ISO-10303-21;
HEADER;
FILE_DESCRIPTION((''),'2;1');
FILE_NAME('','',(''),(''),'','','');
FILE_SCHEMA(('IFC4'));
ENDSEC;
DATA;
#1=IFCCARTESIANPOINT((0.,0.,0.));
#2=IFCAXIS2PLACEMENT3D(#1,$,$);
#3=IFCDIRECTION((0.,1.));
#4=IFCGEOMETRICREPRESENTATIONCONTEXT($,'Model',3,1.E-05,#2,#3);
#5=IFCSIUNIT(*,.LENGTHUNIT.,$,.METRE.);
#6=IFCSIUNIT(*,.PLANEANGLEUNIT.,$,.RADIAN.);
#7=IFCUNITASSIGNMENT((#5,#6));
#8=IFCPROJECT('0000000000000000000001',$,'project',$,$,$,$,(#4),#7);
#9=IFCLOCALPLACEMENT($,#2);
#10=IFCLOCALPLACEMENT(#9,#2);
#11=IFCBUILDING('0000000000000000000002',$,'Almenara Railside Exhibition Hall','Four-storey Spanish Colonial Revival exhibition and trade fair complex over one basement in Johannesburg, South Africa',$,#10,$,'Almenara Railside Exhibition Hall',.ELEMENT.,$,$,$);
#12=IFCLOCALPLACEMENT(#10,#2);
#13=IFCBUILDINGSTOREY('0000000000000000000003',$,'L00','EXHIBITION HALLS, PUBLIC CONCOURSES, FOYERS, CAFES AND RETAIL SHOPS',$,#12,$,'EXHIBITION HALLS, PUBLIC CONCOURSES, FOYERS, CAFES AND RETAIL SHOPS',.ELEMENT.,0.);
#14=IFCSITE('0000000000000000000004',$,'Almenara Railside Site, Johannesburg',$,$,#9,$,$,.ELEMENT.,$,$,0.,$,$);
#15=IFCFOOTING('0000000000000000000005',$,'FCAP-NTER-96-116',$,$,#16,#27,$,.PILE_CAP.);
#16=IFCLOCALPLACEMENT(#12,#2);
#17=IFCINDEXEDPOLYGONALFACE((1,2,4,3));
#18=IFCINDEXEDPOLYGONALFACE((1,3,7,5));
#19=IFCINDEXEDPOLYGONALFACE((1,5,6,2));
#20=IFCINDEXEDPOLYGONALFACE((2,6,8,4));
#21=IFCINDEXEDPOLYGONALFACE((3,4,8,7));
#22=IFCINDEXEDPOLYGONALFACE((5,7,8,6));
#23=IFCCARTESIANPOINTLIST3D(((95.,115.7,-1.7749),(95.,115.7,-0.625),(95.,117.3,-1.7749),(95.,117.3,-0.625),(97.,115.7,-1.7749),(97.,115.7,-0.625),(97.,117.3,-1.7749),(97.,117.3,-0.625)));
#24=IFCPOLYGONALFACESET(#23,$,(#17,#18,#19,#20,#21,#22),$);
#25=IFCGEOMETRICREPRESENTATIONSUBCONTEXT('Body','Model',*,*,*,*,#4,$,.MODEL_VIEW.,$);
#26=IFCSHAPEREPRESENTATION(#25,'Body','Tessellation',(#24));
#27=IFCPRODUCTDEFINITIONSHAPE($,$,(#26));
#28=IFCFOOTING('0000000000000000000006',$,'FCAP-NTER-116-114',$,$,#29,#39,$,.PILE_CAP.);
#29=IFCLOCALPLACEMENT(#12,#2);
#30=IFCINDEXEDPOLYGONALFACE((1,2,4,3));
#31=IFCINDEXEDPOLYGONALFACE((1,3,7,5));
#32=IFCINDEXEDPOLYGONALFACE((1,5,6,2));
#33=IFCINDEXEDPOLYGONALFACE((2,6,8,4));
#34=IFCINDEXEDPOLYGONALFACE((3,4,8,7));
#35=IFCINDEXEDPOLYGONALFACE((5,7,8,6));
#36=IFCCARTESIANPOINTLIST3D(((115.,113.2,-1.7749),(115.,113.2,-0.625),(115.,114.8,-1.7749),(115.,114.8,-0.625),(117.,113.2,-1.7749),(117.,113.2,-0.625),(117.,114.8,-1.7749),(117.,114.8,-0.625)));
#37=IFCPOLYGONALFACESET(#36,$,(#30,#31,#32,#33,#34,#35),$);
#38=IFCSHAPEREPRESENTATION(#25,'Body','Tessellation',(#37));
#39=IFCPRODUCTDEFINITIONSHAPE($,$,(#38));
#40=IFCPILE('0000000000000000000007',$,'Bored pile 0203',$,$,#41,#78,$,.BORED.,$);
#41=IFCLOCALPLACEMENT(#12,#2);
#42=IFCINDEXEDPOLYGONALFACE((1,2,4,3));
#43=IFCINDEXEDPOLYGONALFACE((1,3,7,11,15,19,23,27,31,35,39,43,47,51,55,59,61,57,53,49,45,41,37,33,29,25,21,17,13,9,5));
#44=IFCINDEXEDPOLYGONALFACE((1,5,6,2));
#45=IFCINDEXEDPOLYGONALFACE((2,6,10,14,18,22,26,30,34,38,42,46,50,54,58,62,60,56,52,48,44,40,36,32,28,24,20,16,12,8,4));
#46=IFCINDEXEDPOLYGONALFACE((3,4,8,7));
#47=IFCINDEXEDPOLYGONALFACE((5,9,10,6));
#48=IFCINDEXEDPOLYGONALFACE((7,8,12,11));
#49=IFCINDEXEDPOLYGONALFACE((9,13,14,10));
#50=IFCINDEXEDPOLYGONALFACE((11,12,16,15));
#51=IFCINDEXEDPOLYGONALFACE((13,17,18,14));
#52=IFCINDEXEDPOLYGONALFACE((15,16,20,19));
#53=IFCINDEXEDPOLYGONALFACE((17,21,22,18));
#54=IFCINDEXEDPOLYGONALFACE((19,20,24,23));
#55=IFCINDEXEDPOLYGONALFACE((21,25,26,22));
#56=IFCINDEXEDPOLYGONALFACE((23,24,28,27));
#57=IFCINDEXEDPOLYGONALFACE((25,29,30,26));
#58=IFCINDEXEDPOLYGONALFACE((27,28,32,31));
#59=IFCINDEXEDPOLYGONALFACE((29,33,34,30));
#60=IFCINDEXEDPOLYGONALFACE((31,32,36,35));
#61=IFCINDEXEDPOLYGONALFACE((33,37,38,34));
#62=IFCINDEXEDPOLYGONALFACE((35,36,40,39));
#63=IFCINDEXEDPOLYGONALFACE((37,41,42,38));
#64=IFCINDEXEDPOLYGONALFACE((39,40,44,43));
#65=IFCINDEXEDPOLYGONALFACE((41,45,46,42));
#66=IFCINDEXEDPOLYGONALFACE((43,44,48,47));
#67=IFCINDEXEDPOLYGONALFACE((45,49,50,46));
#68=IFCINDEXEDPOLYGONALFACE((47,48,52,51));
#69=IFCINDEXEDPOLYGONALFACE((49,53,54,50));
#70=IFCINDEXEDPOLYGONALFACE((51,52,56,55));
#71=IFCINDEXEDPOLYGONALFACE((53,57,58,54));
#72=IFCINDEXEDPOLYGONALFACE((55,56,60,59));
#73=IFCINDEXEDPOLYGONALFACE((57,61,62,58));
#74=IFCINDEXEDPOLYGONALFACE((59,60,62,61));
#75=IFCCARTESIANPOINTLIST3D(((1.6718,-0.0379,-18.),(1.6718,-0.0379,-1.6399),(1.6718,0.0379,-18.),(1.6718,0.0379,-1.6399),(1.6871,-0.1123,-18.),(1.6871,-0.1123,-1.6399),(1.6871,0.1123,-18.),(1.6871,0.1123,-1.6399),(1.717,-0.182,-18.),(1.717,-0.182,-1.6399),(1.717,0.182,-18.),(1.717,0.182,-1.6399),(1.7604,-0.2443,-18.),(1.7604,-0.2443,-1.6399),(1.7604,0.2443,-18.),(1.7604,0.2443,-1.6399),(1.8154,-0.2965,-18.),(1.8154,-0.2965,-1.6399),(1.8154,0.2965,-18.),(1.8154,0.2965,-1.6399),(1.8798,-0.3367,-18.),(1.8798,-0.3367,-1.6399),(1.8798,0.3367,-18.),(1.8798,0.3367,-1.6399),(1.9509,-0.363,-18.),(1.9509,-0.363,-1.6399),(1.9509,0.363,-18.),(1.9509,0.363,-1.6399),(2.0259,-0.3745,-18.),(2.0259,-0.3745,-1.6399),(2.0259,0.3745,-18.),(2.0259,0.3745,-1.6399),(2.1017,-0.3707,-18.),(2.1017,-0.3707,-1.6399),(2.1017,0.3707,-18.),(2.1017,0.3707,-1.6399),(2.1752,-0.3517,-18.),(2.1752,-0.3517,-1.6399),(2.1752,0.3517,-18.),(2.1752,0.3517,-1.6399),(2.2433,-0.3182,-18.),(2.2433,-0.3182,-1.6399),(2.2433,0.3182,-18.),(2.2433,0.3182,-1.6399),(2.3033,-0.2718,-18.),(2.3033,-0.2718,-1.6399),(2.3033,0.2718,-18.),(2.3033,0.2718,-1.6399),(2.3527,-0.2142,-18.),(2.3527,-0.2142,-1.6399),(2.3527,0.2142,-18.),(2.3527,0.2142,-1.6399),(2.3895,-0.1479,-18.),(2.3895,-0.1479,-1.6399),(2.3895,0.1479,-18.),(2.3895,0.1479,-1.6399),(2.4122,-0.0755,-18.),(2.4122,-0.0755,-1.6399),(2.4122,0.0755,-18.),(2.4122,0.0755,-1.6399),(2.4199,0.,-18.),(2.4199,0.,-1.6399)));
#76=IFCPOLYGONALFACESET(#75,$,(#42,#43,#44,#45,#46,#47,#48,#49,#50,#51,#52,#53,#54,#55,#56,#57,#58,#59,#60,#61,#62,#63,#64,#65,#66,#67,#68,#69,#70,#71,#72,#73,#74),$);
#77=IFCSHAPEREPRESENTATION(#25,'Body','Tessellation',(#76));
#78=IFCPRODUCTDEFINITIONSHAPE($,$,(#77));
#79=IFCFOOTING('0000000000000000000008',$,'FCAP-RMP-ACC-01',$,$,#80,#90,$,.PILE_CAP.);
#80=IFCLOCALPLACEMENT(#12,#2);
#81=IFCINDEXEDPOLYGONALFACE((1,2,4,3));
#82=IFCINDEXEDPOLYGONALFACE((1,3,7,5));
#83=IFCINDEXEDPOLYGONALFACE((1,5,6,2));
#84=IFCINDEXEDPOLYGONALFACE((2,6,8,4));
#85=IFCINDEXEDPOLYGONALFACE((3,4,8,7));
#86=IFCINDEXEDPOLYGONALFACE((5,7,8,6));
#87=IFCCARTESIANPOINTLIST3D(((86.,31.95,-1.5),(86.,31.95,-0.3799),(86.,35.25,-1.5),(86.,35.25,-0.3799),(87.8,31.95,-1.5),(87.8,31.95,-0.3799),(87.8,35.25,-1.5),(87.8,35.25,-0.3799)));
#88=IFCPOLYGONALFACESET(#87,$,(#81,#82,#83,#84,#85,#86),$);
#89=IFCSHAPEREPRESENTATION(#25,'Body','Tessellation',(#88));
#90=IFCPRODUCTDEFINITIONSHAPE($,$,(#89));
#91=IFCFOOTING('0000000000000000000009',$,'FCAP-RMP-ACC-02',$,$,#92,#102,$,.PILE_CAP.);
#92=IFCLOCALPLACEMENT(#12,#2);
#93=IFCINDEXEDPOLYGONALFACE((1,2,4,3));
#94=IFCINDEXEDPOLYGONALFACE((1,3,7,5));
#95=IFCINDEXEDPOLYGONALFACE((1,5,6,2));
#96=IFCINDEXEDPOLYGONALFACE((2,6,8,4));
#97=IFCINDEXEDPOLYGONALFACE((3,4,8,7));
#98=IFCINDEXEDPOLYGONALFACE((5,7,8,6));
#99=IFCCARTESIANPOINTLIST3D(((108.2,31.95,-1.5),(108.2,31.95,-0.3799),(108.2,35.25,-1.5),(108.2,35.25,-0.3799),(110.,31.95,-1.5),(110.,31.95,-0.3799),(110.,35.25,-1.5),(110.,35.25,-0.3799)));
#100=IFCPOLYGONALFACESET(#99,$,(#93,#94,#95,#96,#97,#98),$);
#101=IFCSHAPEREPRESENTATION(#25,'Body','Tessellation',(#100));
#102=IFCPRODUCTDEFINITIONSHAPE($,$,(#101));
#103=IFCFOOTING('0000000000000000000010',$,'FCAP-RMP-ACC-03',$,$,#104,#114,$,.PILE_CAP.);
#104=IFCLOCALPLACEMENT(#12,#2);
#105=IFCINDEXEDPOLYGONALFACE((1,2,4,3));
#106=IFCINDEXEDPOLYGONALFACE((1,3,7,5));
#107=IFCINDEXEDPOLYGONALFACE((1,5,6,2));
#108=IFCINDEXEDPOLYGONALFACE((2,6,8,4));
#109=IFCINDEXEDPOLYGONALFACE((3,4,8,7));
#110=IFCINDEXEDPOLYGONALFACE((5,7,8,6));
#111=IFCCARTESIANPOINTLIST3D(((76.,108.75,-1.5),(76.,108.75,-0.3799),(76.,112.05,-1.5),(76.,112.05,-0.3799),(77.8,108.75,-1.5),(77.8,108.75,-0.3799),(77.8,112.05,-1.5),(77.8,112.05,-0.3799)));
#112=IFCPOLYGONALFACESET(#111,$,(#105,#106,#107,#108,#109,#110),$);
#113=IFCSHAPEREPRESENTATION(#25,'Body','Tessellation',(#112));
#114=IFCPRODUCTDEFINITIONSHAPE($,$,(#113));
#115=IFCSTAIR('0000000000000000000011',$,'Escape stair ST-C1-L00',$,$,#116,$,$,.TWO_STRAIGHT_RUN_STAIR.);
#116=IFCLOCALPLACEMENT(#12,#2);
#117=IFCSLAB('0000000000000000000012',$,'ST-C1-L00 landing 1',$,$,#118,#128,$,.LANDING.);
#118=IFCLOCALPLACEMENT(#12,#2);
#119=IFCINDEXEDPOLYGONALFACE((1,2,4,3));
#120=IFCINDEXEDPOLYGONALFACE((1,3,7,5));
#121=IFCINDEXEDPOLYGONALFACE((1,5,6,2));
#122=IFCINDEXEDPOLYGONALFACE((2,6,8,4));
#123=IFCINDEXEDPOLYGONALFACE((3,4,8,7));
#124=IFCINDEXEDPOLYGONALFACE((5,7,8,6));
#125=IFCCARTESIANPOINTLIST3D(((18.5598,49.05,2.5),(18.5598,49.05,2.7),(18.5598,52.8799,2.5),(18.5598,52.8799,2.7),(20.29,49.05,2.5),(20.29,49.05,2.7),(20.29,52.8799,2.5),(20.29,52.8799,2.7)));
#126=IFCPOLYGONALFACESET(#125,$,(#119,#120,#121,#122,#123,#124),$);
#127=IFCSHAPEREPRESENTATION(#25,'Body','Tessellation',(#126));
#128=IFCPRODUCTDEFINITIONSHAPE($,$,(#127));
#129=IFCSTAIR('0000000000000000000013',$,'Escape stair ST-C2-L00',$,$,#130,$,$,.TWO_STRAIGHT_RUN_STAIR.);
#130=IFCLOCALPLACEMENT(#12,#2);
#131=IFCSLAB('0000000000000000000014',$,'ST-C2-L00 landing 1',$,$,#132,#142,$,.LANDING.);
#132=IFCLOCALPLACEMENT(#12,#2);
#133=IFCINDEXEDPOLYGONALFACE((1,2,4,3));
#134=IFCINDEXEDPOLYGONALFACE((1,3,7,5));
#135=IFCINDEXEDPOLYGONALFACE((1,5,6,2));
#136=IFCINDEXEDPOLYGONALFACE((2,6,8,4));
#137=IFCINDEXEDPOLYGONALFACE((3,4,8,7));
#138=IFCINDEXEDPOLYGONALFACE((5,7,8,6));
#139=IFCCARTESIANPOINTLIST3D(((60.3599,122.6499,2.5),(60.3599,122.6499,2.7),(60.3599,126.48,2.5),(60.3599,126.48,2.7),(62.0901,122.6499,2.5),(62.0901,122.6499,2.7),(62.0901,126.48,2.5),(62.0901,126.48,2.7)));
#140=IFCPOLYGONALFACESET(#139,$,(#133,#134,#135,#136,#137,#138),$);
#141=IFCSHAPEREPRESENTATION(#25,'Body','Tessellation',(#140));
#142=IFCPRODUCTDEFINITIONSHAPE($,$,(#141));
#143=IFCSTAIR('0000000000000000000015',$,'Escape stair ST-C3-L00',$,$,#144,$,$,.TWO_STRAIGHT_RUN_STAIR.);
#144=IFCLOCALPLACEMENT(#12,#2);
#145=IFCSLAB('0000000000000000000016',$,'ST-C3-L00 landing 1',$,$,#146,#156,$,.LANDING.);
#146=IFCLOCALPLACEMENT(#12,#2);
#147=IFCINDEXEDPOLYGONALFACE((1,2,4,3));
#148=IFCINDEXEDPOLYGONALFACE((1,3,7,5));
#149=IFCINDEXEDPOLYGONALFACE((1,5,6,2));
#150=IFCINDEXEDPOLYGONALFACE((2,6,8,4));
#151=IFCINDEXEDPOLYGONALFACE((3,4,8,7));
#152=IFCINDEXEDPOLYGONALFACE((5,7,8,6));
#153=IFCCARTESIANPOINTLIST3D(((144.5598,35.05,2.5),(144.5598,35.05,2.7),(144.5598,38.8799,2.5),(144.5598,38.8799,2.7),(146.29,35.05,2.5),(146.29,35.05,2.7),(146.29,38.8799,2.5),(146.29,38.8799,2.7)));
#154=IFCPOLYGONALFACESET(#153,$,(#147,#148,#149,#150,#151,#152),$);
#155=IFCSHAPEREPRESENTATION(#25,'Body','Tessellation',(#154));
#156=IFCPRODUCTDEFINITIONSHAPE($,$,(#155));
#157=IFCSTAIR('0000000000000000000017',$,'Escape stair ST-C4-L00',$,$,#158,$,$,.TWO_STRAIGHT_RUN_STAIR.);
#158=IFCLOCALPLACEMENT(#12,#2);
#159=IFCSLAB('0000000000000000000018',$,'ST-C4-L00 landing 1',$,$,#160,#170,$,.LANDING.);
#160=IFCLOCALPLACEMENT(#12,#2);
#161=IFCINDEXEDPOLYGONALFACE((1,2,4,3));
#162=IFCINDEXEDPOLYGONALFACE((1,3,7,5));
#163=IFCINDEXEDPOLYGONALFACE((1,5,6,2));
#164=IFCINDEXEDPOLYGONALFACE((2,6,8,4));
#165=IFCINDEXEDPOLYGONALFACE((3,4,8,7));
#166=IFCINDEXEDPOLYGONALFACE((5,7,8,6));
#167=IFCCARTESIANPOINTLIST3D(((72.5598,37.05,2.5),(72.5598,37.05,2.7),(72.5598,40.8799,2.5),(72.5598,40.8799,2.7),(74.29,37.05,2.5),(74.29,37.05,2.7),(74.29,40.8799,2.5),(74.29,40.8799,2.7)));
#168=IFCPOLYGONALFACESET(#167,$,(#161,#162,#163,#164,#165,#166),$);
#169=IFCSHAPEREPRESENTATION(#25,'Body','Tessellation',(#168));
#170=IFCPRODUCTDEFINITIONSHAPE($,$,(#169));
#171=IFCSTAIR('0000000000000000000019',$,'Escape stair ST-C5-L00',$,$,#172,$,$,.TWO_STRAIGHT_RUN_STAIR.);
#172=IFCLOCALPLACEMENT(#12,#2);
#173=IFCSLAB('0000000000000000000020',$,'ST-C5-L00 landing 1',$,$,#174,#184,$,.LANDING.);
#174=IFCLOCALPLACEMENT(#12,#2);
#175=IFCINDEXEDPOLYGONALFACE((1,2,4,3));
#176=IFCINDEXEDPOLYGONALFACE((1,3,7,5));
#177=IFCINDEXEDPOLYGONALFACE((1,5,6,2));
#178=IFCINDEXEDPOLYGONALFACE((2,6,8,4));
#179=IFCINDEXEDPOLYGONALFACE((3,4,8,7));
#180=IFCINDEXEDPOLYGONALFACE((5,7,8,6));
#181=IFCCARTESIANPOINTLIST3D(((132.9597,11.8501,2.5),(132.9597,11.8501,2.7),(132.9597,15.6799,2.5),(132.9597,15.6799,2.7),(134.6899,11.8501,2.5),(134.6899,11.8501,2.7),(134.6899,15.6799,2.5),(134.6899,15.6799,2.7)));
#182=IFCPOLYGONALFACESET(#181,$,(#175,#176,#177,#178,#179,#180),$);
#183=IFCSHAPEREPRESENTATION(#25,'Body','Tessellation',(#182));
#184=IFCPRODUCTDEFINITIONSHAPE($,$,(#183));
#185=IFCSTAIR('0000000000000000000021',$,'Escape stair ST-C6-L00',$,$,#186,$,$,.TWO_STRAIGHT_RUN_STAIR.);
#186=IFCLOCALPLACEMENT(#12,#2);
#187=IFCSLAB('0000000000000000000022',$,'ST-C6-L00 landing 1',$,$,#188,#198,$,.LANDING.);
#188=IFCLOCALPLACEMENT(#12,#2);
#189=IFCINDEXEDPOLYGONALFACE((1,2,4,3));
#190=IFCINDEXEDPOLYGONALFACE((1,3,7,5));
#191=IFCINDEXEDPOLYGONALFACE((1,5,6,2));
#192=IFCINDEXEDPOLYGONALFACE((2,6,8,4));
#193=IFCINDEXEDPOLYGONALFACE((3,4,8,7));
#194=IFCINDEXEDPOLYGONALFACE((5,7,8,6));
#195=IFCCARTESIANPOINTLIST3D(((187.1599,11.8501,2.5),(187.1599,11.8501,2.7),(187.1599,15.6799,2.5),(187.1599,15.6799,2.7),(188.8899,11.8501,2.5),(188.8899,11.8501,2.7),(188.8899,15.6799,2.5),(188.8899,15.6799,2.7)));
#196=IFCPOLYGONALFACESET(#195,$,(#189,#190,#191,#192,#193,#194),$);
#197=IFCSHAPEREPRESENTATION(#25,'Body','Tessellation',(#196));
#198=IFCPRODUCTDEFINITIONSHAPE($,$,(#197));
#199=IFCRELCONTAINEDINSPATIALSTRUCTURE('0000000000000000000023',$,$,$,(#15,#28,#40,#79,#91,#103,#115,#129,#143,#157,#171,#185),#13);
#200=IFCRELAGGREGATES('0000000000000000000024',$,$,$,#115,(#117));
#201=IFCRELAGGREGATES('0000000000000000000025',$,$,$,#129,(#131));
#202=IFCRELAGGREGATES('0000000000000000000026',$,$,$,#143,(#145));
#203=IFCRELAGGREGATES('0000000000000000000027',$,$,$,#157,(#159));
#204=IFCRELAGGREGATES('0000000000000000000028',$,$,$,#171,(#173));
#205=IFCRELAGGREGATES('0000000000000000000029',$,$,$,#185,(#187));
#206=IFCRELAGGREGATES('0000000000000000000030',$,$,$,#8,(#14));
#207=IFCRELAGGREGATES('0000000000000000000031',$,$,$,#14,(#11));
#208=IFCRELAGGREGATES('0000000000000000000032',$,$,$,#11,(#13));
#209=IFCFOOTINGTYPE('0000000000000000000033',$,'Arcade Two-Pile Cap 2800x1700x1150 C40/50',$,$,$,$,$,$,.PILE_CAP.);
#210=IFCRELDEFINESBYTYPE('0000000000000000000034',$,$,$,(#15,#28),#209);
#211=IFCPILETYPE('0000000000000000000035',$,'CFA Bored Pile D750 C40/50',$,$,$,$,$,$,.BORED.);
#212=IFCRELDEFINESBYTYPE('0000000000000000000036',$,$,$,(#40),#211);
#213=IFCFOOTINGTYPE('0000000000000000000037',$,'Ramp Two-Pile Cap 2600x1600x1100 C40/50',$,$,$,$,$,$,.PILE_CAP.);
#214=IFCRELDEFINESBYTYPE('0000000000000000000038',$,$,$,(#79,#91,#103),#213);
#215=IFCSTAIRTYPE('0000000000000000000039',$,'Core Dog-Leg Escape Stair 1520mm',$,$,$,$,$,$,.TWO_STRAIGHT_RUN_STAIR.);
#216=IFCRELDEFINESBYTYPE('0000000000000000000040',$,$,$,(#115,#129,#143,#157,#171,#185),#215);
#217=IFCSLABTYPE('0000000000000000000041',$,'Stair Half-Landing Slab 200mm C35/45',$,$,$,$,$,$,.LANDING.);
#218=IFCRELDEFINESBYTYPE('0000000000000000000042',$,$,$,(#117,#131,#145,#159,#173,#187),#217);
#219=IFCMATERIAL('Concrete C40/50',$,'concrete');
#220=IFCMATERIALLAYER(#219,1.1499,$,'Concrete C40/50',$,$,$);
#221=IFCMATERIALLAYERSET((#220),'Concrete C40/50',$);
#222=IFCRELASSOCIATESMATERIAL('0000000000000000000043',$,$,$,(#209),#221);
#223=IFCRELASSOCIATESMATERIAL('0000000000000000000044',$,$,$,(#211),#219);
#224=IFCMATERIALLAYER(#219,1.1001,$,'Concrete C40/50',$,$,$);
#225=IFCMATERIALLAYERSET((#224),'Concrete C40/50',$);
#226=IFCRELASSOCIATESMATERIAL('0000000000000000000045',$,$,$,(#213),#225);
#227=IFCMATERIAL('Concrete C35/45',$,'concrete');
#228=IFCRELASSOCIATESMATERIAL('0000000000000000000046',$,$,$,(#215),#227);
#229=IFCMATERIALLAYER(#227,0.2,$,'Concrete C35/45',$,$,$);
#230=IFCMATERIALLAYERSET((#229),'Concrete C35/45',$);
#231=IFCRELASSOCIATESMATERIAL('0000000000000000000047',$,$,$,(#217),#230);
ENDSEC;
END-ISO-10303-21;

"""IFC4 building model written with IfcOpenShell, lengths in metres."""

from ifc_helpers import new_model, si_unit, direction, frame, origin, origin_2d, place, context, subcontext, project, spatial, polyline, circle, outline, extrude, material, layer, layer_set, material_profile, profile_set, type_object, element, aggregate, save


model = new_model("IFC4")

# Units and contexts
model_context = context("Model", 3, precision=1e-05, world=origin(), true_north=direction((0.0, 1.0)))
body_context = subcontext(model_context, "Body", "Model", "MODEL_VIEW")
ifc_project = project(units=[si_unit("LENGTHUNIT", "METRE"), si_unit("PLANEANGLEUNIT", "RADIAN")], contexts=[model_context])

# Site, building, storey
site_placement = place(None, origin())
site = spatial("IfcSite", under=ifc_project, at=site_placement, Name="Almenara Railside Site, Johannesburg", CompositionType="ELEMENT", RefElevation=0.0)
building_placement = place(site_placement, origin())
building = spatial("IfcBuilding", under=site, at=building_placement, Name="Almenara Railside Exhibition Hall", Description="Four-storey Spanish Colonial Revival exhibition and trade fair complex over one basement in Johannesburg, South Africa", LongName="Almenara Railside Exhibition Hall", CompositionType="ELEMENT")
storey_placement = place(building_placement, origin())
storey = spatial("IfcBuildingStorey", under=building, at=storey_placement, Name="L00", Description="EXHIBITION HALLS, PUBLIC CONCOURSES, FOYERS, CAFES AND RETAIL SHOPS", LongName="EXHIBITION HALLS, PUBLIC CONCOURSES, FOYERS, CAFES AND RETAIL SHOPS", CompositionType="ELEMENT", Elevation=0.0)

# Footings
ifc_material_1 = material(Name="Concrete C40/50", Category="concrete")
ifc_layer_1 = layer(ifc_material_1, 1.1499, Name="Concrete C40/50")
ifc_layer_set_1 = layer_set([ifc_layer_1], Name="Concrete C40/50")
footing_type_1 = type_object("IfcFootingType", Name="Arcade Two-Pile Cap 2800x1700x1150 C40/50", PredefinedType="PILE_CAP", material=ifc_layer_set_1)
footing_1_placement = place(storey_placement, frame((0.0, 0.0, -1.7749)))
element("IfcFooting", 1, at=footing_1_placement, inside=storey, type_object=footing_type_1, Name="FCAP-NTER-96-116", PredefinedType="PILE_CAP", context=body_context, shape_type="SweptSolid", body=[
    extrude(outline(polyline([(95.0, 115.7), (97.0, 115.7), (97.0, 117.3), (95.0, 117.3), (95.0, 115.7)])), origin(), (0.0, 0.0, 1.0), 1.1499),
])
footing_2_placement = place(storey_placement, frame((0.0, 0.0, -1.7749)))
element("IfcFooting", 2, at=footing_2_placement, inside=storey, type_object=footing_type_1, Name="FCAP-NTER-116-114", PredefinedType="PILE_CAP", context=body_context, shape_type="SweptSolid", body=[
    extrude(outline(polyline([(115.0, 113.2), (117.0, 113.2), (117.0, 114.8), (115.0, 114.8), (115.0, 113.2)])), origin(), (0.0, 0.0, 1.0), 1.1499),
])

# Pile
ifc_material_profile = material_profile(ifc_material_1, circle(Radius=0.375, at=origin_2d()), Name="CFA-PILE D750")
ifc_profile_set = profile_set([ifc_material_profile], Name="Concrete C40/50")
pile_type = type_object("IfcPileType", Name="CFA Bored Pile D750 C40/50", PredefinedType="BORED", material=ifc_profile_set)
pile_placement = place(storey_placement, frame((2.0449, 0.0, -1.6399), z_axis=(0.0, 0.0, -1.0), x_axis=(1.0, 0.0, 0.0)))
element("IfcPile", 3, at=pile_placement, inside=storey, type_object=pile_type, Name="Bored pile 0203", PredefinedType="BORED", context=body_context, shape_type="SweptSolid", body=[
    extrude(circle(Radius=0.375, at=origin_2d()), origin(), (0.0, 0.0, 1.0), 16.3601),
])

# Footings
ifc_layer_2 = layer(ifc_material_1, 1.1001, Name="Concrete C40/50")
ifc_layer_set_2 = layer_set([ifc_layer_2], Name="Concrete C40/50")
footing_type_2 = type_object("IfcFootingType", Name="Ramp Two-Pile Cap 2600x1600x1100 C40/50", PredefinedType="PILE_CAP", material=ifc_layer_set_2)
footing_3_placement = place(storey_placement, frame((0.0, 0.0, -1.5)))
element("IfcFooting", 4, at=footing_3_placement, inside=storey, type_object=footing_type_2, Name="FCAP-RMP-ACC-01", PredefinedType="PILE_CAP", context=body_context, shape_type="SweptSolid", body=[
    extrude(outline(polyline([(86.0, 31.95), (87.8, 31.95), (87.8, 35.25), (86.0, 35.25), (86.0, 31.95)])), origin(), (0.0, 0.0, 1.0), 1.1201),
])
footing_4_placement = place(storey_placement, frame((0.0, 0.0, -1.5)))
element("IfcFooting", 5, at=footing_4_placement, inside=storey, type_object=footing_type_2, Name="FCAP-RMP-ACC-02", PredefinedType="PILE_CAP", context=body_context, shape_type="SweptSolid", body=[
    extrude(outline(polyline([(108.2, 31.95), (110.0, 31.95), (110.0, 35.25), (108.2, 35.25), (108.2, 31.95)])), origin(), (0.0, 0.0, 1.0), 1.1201),
])
footing_5_placement = place(storey_placement, frame((0.0, 0.0, -1.5)))
element("IfcFooting", 6, at=footing_5_placement, inside=storey, type_object=footing_type_2, Name="FCAP-RMP-ACC-03", PredefinedType="PILE_CAP", context=body_context, shape_type="SweptSolid", body=[
    extrude(outline(polyline([(76.0, 108.75), (77.8, 108.75), (77.8, 112.05), (76.0, 112.05), (76.0, 108.75)])), origin(), (0.0, 0.0, 1.0), 1.1201),
])

# Stairs, slabs
ifc_material_2 = material(Name="Concrete C35/45", Category="concrete")
stair_type_1 = type_object("IfcStairType", Name="Core Dog-Leg Escape Stair 1520mm", PredefinedType="TWO_STRAIGHT_RUN_STAIR", material=ifc_material_2)
stair_1_placement = place(storey_placement, origin())
stair_1 = element("IfcStair", 7, at=stair_1_placement, inside=storey, type_object=stair_type_1, Name="Escape stair ST-C1-L00", PredefinedType="TWO_STRAIGHT_RUN_STAIR")
ifc_layer_3 = layer(ifc_material_2, 0.2, Name="Concrete C35/45")
ifc_layer_set_3 = layer_set([ifc_layer_3], Name="Concrete C35/45")
slab_type = type_object("IfcSlabType", Name="Stair Half-Landing Slab 200mm C35/45", PredefinedType="LANDING", material=ifc_layer_set_3)
slab_1_placement = place(storey_placement, frame((0.0, 0.0, 2.5)))
slab_1 = element("IfcSlab", 8, at=slab_1_placement, type_object=slab_type, Name="ST-C1-L00 landing 1", PredefinedType="LANDING", context=body_context, shape_type="SweptSolid", body=[
    extrude(outline(polyline([(18.5598, 49.05), (20.29, 49.05), (20.29, 52.8799), (18.5598, 52.8799), (18.5598, 49.05)])), origin(), (0.0, 0.0, 1.0), 0.2),
])
aggregate(stair_1, [slab_1])
stair_2_placement = place(storey_placement, origin())
stair_2 = element("IfcStair", 9, at=stair_2_placement, inside=storey, type_object=stair_type_1, Name="Escape stair ST-C2-L00", PredefinedType="TWO_STRAIGHT_RUN_STAIR")
slab_2_placement = place(storey_placement, frame((0.0, 0.0, 2.5)))
slab_2 = element("IfcSlab", 10, at=slab_2_placement, type_object=slab_type, Name="ST-C2-L00 landing 1", PredefinedType="LANDING", context=body_context, shape_type="SweptSolid", body=[
    extrude(outline(polyline([(60.3599, 122.6499), (62.0901, 122.6499), (62.0901, 126.48), (60.3599, 126.48), (60.3599, 122.6499)])), origin(), (0.0, 0.0, 1.0), 0.2),
])
aggregate(stair_2, [slab_2])
stair_3_placement = place(storey_placement, origin())
stair_3 = element("IfcStair", 11, at=stair_3_placement, inside=storey, type_object=stair_type_1, Name="Escape stair ST-C3-L00", PredefinedType="TWO_STRAIGHT_RUN_STAIR")
slab_3_placement = place(storey_placement, frame((0.0, 0.0, 2.5)))
slab_3 = element("IfcSlab", 12, at=slab_3_placement, type_object=slab_type, Name="ST-C3-L00 landing 1", PredefinedType="LANDING", context=body_context, shape_type="SweptSolid", body=[
    extrude(outline(polyline([(144.5598, 35.05), (146.29, 35.05), (146.29, 38.8799), (144.5598, 38.8799), (144.5598, 35.05)])), origin(), (0.0, 0.0, 1.0), 0.2),
])
aggregate(stair_3, [slab_3])
stair_4_placement = place(storey_placement, origin())
stair_4 = element("IfcStair", 13, at=stair_4_placement, inside=storey, type_object=stair_type_1, Name="Escape stair ST-C4-L00", PredefinedType="TWO_STRAIGHT_RUN_STAIR")
slab_4_placement = place(storey_placement, frame((0.0, 0.0, 2.5)))
slab_4 = element("IfcSlab", 14, at=slab_4_placement, type_object=slab_type, Name="ST-C4-L00 landing 1", PredefinedType="LANDING", context=body_context, shape_type="SweptSolid", body=[
    extrude(outline(polyline([(72.5598, 37.05), (74.29, 37.05), (74.29, 40.8799), (72.5598, 40.8799), (72.5598, 37.05)])), origin(), (0.0, 0.0, 1.0), 0.2),
])
aggregate(stair_4, [slab_4])
stair_5_placement = place(storey_placement, origin())
stair_5 = element("IfcStair", 15, at=stair_5_placement, inside=storey, type_object=stair_type_1, Name="Escape stair ST-C5-L00", PredefinedType="TWO_STRAIGHT_RUN_STAIR")
slab_5_placement = place(storey_placement, frame((0.0, 0.0, 2.5)))
slab_5 = element("IfcSlab", 16, at=slab_5_placement, type_object=slab_type, Name="ST-C5-L00 landing 1", PredefinedType="LANDING", context=body_context, shape_type="SweptSolid", body=[
    extrude(outline(polyline([(132.9597, 11.8501), (134.6899, 11.8501), (134.6899, 15.6799), (132.9597, 15.6799), (132.9597, 11.8501)])), origin(), (0.0, 0.0, 1.0), 0.2),
])
aggregate(stair_5, [slab_5])
stair_6_placement = place(storey_placement, origin())
stair_6 = element("IfcStair", 17, at=stair_6_placement, inside=storey, type_object=stair_type_1, Name="Escape stair ST-C6-L00", PredefinedType="TWO_STRAIGHT_RUN_STAIR")
slab_6_placement = place(storey_placement, frame((0.0, 0.0, 2.5)))
slab_6 = element("IfcSlab", 18, at=slab_6_placement, type_object=slab_type, Name="ST-C6-L00 landing 1", PredefinedType="LANDING", context=body_context, shape_type="SweptSolid", body=[
    extrude(outline(polyline([(187.1599, 11.8501), (188.8899, 11.8501), (188.8899, 15.6799), (187.1599, 15.6799), (187.1599, 11.8501)])), origin(), (0.0, 0.0, 1.0), 0.2),
])
aggregate(stair_6, [slab_6])

save(model, "model.ifc")
